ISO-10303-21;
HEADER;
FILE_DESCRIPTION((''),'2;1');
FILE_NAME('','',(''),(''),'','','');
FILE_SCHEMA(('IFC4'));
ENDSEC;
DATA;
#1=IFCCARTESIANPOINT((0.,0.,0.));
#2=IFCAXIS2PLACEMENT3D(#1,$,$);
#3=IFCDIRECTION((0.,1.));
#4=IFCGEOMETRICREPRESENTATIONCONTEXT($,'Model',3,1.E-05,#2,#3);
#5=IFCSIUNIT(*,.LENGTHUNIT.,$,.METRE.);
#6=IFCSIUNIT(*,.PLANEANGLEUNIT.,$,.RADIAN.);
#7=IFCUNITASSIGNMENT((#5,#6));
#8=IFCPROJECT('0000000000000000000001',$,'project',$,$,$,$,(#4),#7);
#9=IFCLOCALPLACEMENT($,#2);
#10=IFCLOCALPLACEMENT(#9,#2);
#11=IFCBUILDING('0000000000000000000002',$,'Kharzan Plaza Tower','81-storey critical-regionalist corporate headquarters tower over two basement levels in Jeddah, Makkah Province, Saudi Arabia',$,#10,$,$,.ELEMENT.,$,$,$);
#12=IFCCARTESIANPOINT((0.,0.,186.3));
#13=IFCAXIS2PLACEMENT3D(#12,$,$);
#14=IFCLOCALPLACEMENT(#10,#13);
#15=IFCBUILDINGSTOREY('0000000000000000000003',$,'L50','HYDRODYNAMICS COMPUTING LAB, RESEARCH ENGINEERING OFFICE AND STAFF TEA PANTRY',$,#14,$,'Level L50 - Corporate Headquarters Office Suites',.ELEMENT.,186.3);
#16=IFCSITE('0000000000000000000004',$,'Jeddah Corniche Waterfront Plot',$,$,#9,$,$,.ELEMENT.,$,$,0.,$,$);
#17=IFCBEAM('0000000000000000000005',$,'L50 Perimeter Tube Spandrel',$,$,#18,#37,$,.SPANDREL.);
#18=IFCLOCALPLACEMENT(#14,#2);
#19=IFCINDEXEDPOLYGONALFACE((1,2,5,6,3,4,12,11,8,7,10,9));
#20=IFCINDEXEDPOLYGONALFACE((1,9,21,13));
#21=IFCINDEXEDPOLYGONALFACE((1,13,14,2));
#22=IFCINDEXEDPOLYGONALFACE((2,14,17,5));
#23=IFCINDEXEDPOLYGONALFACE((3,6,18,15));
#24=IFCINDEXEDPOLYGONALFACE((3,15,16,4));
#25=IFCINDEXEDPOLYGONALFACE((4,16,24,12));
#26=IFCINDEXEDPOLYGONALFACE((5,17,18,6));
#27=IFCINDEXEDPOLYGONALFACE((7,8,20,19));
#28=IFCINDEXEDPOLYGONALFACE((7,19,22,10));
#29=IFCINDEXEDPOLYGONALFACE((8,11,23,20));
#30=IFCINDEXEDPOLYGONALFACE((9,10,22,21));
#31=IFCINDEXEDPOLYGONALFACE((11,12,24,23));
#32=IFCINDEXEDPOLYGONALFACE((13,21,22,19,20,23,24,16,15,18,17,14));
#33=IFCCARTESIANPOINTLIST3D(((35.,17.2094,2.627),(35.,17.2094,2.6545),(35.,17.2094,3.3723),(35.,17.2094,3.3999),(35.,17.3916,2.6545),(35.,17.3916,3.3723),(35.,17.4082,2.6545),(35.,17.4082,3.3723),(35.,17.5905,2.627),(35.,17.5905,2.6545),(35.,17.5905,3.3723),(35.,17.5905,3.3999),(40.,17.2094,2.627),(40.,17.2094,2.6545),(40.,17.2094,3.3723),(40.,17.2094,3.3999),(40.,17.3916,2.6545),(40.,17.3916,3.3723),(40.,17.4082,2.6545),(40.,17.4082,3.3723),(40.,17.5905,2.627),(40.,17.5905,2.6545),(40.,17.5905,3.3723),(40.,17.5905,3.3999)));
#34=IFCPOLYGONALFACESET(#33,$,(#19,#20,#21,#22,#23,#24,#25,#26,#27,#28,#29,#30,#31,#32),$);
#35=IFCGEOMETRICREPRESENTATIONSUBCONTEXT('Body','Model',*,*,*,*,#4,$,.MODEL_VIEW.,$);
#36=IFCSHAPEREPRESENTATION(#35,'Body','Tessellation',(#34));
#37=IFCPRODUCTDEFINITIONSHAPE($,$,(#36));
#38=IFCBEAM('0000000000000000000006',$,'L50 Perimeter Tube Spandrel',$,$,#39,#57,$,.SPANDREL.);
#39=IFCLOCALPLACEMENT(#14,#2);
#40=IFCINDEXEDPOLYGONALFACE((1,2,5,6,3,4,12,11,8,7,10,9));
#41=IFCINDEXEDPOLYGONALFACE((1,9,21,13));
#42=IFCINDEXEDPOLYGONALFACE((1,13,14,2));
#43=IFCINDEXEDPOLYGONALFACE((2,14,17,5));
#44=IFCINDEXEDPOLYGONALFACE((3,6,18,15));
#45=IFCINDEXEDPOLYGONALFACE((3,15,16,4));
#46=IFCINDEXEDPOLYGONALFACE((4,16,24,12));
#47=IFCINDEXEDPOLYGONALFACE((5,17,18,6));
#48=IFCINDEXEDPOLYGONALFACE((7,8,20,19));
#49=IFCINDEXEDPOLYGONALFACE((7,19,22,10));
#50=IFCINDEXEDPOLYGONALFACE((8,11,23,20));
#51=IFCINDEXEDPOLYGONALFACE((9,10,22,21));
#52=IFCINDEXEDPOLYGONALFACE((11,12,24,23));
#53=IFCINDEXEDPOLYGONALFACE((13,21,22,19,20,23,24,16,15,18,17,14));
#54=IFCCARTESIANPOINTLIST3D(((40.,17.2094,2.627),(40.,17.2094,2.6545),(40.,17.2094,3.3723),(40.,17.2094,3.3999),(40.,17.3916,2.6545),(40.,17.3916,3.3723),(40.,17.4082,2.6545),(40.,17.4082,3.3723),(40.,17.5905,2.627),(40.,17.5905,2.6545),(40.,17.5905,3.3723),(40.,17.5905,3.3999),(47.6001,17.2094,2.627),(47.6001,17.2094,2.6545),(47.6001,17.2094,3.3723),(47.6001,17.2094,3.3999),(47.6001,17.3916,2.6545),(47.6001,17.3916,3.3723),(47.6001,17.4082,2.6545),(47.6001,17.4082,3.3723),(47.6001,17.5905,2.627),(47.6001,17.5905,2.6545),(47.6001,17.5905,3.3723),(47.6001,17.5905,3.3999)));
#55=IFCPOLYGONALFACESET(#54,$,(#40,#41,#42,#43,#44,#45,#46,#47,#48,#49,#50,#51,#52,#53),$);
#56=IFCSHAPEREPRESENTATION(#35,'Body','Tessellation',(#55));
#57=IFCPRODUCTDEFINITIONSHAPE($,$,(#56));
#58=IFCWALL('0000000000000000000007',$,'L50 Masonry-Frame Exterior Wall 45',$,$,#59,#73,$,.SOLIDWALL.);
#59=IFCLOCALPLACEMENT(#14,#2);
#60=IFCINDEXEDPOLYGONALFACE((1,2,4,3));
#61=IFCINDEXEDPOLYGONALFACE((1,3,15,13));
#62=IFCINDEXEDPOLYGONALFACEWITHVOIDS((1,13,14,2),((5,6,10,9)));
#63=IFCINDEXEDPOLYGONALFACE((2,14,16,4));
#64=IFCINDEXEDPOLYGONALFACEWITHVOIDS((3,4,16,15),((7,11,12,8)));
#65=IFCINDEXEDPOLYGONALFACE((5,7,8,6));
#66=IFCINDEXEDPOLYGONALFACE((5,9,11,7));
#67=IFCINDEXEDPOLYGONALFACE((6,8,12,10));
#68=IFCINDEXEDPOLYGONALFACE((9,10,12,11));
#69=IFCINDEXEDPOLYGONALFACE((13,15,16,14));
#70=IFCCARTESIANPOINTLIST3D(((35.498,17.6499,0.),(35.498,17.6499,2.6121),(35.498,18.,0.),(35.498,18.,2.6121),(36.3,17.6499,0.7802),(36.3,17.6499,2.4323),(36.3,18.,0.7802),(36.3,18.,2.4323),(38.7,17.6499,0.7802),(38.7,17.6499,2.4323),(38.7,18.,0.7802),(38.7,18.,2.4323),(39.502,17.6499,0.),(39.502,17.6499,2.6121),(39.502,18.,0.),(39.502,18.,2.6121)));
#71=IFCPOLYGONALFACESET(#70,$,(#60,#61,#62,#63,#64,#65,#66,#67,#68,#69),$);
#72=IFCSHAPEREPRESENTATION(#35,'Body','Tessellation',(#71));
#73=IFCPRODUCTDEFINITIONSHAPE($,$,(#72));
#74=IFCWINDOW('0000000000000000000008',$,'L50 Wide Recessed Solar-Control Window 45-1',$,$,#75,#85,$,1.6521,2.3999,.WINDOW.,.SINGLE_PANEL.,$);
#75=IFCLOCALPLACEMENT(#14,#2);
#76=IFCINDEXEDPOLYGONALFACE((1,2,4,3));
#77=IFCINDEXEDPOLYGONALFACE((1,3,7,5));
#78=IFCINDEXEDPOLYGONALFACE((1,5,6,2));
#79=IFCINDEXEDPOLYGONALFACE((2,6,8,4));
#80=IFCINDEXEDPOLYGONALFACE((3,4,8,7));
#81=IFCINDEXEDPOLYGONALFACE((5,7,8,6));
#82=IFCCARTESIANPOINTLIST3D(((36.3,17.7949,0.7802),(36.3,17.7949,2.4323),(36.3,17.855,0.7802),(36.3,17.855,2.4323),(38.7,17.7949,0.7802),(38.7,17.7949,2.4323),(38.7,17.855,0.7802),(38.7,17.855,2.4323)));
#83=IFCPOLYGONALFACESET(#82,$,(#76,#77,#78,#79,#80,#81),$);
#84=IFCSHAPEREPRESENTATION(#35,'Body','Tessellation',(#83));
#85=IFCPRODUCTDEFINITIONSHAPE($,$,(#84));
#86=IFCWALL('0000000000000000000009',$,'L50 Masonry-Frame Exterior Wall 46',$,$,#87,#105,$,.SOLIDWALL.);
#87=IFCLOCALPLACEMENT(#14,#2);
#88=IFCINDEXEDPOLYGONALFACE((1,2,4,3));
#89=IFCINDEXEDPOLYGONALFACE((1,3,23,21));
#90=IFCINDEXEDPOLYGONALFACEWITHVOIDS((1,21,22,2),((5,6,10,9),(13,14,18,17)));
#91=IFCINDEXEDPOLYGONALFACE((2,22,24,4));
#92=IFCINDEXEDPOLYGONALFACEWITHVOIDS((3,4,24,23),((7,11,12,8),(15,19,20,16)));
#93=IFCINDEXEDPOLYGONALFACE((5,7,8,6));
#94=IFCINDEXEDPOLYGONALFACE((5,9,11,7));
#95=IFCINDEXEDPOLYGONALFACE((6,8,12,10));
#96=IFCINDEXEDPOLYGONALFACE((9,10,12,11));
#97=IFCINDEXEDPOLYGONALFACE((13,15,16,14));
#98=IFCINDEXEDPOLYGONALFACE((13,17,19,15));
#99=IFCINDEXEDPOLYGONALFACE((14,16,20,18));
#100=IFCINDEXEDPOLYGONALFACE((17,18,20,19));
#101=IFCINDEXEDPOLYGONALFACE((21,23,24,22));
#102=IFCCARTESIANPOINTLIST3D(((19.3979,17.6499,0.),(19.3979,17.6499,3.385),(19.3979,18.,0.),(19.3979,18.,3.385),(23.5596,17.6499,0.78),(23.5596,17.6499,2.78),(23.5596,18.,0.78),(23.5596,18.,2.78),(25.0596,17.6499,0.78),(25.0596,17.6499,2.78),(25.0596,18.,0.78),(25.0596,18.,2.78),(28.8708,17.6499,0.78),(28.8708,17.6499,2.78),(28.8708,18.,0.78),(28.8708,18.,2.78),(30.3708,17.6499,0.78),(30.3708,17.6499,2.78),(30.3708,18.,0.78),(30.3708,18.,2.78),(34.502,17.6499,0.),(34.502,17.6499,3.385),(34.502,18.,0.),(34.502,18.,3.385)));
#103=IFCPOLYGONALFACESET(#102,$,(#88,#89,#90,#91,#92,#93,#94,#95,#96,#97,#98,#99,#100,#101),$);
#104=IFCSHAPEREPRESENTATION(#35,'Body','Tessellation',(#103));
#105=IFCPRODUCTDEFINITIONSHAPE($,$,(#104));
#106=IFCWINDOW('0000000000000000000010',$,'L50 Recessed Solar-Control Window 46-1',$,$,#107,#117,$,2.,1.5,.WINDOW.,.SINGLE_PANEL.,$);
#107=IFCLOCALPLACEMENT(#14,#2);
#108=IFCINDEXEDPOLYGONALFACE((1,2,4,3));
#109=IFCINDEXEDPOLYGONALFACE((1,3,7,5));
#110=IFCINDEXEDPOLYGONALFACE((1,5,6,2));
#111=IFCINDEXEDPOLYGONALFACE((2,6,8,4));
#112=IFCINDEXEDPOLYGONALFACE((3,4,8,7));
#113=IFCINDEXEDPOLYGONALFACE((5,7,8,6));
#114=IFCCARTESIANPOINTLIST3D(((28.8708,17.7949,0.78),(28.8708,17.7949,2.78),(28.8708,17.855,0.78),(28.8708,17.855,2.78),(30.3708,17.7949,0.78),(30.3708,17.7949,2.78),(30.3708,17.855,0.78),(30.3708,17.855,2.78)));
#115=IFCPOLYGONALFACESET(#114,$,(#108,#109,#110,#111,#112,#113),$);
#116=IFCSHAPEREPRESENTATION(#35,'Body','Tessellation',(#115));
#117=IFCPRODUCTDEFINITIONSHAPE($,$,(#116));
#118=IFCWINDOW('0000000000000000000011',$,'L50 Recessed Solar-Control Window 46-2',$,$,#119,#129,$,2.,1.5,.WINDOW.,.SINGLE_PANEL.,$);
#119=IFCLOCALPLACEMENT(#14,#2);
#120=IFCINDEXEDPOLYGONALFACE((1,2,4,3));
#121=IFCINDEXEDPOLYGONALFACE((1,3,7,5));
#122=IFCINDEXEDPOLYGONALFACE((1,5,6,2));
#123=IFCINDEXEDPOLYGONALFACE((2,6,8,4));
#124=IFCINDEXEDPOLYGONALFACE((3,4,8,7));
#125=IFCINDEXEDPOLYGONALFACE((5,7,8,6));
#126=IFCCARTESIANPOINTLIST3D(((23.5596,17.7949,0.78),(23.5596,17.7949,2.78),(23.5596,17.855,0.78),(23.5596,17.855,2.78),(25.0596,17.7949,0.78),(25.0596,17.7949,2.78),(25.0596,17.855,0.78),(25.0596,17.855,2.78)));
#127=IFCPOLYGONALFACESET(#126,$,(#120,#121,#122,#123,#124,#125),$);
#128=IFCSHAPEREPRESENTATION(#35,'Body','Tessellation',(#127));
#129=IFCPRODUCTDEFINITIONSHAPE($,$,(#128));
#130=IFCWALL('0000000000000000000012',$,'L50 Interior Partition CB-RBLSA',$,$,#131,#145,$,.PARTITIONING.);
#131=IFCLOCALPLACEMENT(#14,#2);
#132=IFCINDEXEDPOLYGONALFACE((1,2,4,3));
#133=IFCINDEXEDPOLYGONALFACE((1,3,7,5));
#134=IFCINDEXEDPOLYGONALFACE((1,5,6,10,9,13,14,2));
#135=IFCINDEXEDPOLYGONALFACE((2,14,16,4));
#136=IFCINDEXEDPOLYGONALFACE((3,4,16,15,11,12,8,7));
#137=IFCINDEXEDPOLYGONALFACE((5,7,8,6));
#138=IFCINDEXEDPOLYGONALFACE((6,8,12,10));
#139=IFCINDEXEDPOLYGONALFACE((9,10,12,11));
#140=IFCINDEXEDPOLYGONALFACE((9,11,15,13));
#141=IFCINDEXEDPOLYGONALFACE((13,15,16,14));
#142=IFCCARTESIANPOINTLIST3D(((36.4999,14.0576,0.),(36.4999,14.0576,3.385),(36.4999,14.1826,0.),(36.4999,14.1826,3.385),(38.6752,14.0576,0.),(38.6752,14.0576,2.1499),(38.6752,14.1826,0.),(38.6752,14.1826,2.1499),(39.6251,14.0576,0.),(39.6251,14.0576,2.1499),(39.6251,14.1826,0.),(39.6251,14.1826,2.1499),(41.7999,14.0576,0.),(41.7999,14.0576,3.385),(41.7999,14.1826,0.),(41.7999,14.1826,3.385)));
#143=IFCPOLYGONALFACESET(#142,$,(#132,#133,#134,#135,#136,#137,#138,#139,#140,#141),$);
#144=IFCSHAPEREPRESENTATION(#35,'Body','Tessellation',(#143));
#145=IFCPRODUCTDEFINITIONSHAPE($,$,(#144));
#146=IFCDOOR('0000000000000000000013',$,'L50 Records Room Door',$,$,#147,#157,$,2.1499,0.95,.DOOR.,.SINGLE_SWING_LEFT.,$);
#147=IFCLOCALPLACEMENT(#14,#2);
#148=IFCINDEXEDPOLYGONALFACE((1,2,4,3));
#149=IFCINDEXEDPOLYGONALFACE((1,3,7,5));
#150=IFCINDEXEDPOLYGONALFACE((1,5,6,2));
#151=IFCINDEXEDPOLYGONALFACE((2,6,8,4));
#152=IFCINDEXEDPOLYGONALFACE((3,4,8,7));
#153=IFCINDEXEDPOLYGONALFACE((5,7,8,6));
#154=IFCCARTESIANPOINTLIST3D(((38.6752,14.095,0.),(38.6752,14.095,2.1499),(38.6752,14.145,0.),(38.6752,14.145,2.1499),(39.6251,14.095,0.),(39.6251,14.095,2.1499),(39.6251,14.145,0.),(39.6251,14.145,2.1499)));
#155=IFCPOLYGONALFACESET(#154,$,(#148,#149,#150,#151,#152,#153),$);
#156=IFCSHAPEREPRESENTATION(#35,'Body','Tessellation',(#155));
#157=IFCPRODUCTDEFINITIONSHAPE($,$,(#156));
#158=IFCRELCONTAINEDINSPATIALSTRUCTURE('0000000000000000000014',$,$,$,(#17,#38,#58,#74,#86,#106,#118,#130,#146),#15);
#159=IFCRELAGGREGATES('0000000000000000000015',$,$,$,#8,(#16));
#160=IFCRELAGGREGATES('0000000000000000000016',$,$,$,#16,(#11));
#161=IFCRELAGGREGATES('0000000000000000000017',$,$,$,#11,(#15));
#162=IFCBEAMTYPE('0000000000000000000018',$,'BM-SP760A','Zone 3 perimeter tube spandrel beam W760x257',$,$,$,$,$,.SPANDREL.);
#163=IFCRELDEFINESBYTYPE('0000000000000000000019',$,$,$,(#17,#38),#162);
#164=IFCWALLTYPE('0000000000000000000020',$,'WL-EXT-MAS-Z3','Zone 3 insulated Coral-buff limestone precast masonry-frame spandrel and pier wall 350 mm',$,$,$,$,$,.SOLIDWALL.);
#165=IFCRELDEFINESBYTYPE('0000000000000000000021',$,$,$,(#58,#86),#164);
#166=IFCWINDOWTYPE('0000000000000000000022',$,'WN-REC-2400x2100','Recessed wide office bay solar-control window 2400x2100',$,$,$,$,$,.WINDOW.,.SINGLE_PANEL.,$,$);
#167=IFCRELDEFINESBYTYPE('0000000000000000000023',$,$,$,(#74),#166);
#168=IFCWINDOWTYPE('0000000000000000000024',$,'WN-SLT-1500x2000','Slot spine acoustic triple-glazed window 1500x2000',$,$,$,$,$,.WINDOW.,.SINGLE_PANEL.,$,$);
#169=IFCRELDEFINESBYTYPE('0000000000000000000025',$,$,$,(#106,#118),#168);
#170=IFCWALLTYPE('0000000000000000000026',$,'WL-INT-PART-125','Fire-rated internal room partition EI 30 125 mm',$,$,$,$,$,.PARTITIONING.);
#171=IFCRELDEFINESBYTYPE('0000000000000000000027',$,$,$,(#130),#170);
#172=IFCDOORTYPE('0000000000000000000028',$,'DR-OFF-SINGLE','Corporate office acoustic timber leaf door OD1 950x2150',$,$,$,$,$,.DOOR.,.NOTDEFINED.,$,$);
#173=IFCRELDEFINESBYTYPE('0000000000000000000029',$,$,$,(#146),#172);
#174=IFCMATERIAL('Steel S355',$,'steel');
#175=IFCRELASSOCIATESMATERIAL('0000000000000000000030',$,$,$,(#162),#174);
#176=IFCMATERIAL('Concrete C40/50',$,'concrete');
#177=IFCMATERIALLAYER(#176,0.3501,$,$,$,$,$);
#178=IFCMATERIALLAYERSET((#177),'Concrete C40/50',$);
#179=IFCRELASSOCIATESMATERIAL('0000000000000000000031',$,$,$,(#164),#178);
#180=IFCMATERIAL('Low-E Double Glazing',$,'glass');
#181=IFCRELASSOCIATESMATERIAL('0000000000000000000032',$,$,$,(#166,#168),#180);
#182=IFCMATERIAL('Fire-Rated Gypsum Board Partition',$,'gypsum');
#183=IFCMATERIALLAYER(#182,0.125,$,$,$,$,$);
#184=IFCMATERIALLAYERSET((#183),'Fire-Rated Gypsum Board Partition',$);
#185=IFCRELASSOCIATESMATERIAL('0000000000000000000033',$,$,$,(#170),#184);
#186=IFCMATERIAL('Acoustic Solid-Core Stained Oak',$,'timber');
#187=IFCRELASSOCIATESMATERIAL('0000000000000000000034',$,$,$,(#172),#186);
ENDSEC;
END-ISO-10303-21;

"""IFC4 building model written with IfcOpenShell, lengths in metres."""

from ifc_helpers import new_model, si_unit, direction, frame, frame_2d, origin, origin_2d, place, context, subcontext, project, spatial, rectangle, i_section, extrude, source, transform, mapped, material, layer, layer_set, material_profile, profile_set, type_object, element, fill, save


model = new_model("IFC4")

# Units and contexts
model_context = context("Model", 3, precision=1e-05, world=origin(), true_north=direction((0.0, 1.0)))
body_context = subcontext(model_context, "Body", "Model", "MODEL_VIEW")
ifc_project = project(units=[si_unit("LENGTHUNIT", "METRE"), si_unit("PLANEANGLEUNIT", "RADIAN")], contexts=[model_context])

# Site, building, storey
site_placement = place(None, origin())
site = spatial("IfcSite", under=ifc_project, at=site_placement, Name="Jeddah Corniche Waterfront Plot", CompositionType="ELEMENT", RefElevation=0.0)
building_placement = place(site_placement, origin())
building = spatial("IfcBuilding", under=site, at=building_placement, Name="Kharzan Plaza Tower", Description="81-storey critical-regionalist corporate headquarters tower over two basement levels in Jeddah, Makkah Province, Saudi Arabia", CompositionType="ELEMENT")
storey_placement = place(building_placement, frame((0.0, 0.0, 186.3)))
storey = spatial("IfcBuildingStorey", under=building, at=storey_placement, Name="L50", Description="HYDRODYNAMICS COMPUTING LAB, RESEARCH ENGINEERING OFFICE AND STAFF TEA PANTRY", LongName="Level L50 - Corporate Headquarters Office Suites", CompositionType="ELEMENT", Elevation=186.3)

# Beams
ifc_material_1 = material(Name="Steel S355", Category="steel")
ifc_material_profile_1 = material_profile(ifc_material_1, i_section(OverallWidth=0.3811, OverallDepth=0.7729, WebThickness=0.0166, FlangeThickness=0.0276, at=origin_2d()), Name="W760x257")
ifc_profile_set_1 = profile_set([ifc_material_profile_1], Name="Steel S355")
beam_type_1 = type_object("IfcBeamType", Name="BM-SP760A", Description="Zone 3 perimeter tube spandrel beam W760x257", PredefinedType="SPANDREL", material=ifc_profile_set_1)
shared_shape_1 = source(origin(), body_context, "Body", "SweptSolid", [
    extrude(i_section(OverallWidth=0.3811, OverallDepth=0.7729, WebThickness=0.0166, FlangeThickness=0.0276, at=origin_2d()), origin(), (0.0, 0.0, 1.0), 5.0),
])
beam_1_placement = place(storey_placement, frame((35.0, 17.3999, 3.0134), z_axis=(1.0, 0.0, 0.0), x_axis=(0.0, 1.0, 0.0)))
element("IfcBeam", 1, at=beam_1_placement, inside=storey, type_object=beam_type_1, Name="L50 Perimeter Tube Spandrel", PredefinedType="SPANDREL", context=body_context, shape_type="MappedRepresentation", body=[
    mapped(shared_shape_1, transform((0.0, 0.0, 0.0), x_axis=(1.0, 0.0, 0.0), y_axis=(0.0, 1.0, 0.0), z_axis=(0.0, 0.0, 1.0))),
])
shared_shape_2 = source(origin(), body_context, "Body", "SweptSolid", [
    extrude(i_section(OverallWidth=0.3811, OverallDepth=0.7729, WebThickness=0.0166, FlangeThickness=0.0276, at=origin_2d()), origin(), (0.0, 0.0, 1.0), 7.6001),
])
beam_2_placement = place(storey_placement, frame((40.0, 17.3999, 3.0134), z_axis=(1.0, 0.0, 0.0), x_axis=(0.0, 1.0, 0.0)))
element("IfcBeam", 2, at=beam_2_placement, inside=storey, type_object=beam_type_1, Name="L50 Perimeter Tube Spandrel", PredefinedType="SPANDREL", context=body_context, shape_type="MappedRepresentation", body=[
    mapped(shared_shape_2, transform((0.0, 0.0, 0.0), x_axis=(1.0, 0.0, 0.0), y_axis=(0.0, 1.0, 0.0), z_axis=(0.0, 0.0, 1.0))),
])

# Wall, opening, window
ifc_material_2 = material(Name="Concrete C40/50", Category="concrete")
ifc_layer_1 = layer(ifc_material_2, 0.3501)
ifc_layer_set_1 = layer_set([ifc_layer_1], Name="Concrete C40/50")
wall_type_1 = type_object("IfcWallType", Name="WL-EXT-MAS-Z3", Description="Zone 3 insulated Coral-buff limestone precast masonry-frame spandrel and pier wall 350 mm", PredefinedType="SOLIDWALL", material=ifc_layer_set_1)
wall_1_placement = place(storey_placement, frame((39.502, 17.825, 0.0), z_axis=(0.0, 0.0, 1.0), x_axis=(-1.0, 0.0, 0.0)))
wall_1 = element("IfcWall", 3, at=wall_1_placement, inside=storey, type_object=wall_type_1, Name="L50 Masonry-Frame Exterior Wall 45", PredefinedType="SOLIDWALL", context=body_context, shape_type="SweptSolid", body=[
    extrude(rectangle(XDim=4.0039, YDim=0.3501, at=frame_2d((2.002, 0.0))), origin(), (0.0, 0.0, 1.0), 2.6121),
])
opening_1_placement = place(wall_1_placement, frame((0.802, 0.0, 0.78)))
opening_1 = element("IfcOpeningElement", 4, at=opening_1_placement, cuts=wall_1, PredefinedType="OPENING", context=body_context, shape_type="SweptSolid", body=[
    extrude(rectangle(XDim=2.3999, YDim=1.6521, at=frame_2d((1.2, 0.8262))), frame((0.0, 0.1851, 0.0), z_axis=(0.0, -1.0, 0.0), x_axis=(1.0, 0.0, 0.0)), (0.0, 0.0, 1.0), 0.3701),
])
ifc_material_3 = material(Name="Low-E Double Glazing", Category="glass")
window_type_1 = type_object("IfcWindowType", Name="WN-REC-2400x2100", Description="Recessed wide office bay solar-control window 2400x2100", PartitioningType="SINGLE_PANEL", PredefinedType="WINDOW", material=ifc_material_3)
shared_shape_3 = source(origin(), body_context, "Body", "SweptSolid", [
    extrude(rectangle(XDim=2.3999, YDim=1.6521, at=frame_2d((1.2, 0.8262))), frame((0.0, 0.03, 0.0), z_axis=(0.0, -1.0, 0.0), x_axis=(1.0, 0.0, 0.0)), (0.0, 0.0, 1.0), 0.0601),
])
window_1_placement = place(opening_1_placement, origin())
window_1 = element("IfcWindow", 5, at=window_1_placement, inside=storey, type_object=window_type_1, Name="L50 Wide Recessed Solar-Control Window 45-1", OverallHeight=1.6521, OverallWidth=2.3999, PartitioningType="SINGLE_PANEL", PredefinedType="WINDOW", context=body_context, shape_type="MappedRepresentation", body=[
    mapped(shared_shape_3, transform((0.0, 0.0, 0.0), x_axis=(1.0, 0.0, 0.0), y_axis=(0.0, 1.0, 0.0), z_axis=(0.0, 0.0, 1.0))),
])
fill(opening_1, window_1)

# Wall, openings, windows
wall_2_placement = place(storey_placement, frame((34.502, 17.825, 0.0), z_axis=(0.0, 0.0, 1.0), x_axis=(-1.0, 0.0, 0.0)))
wall_2 = element("IfcWall", 6, at=wall_2_placement, inside=storey, type_object=wall_type_1, Name="L50 Masonry-Frame Exterior Wall 46", PredefinedType="SOLIDWALL", context=body_context, shape_type="SweptSolid", body=[
    extrude(rectangle(XDim=15.104, YDim=0.3501, at=frame_2d((7.552, 0.0))), origin(), (0.0, 0.0, 1.0), 3.385),
])
opening_2_placement = place(wall_2_placement, frame((4.1311, 0.0, 0.78)))
opening_2 = element("IfcOpeningElement", 7, at=opening_2_placement, cuts=wall_2, PredefinedType="OPENING", context=body_context, shape_type="SweptSolid", body=[
    extrude(rectangle(XDim=1.5, YDim=2.0, at=frame_2d((0.75, 1.0))), frame((0.0, 0.1851, 0.0), z_axis=(0.0, -1.0, 0.0), x_axis=(1.0, 0.0, 0.0)), (0.0, 0.0, 1.0), 0.3701),
])
opening_3_placement = place(wall_2_placement, frame((9.4424, 0.0, 0.78)))
opening_3 = element("IfcOpeningElement", 8, at=opening_3_placement, cuts=wall_2, PredefinedType="OPENING", context=body_context, shape_type="SweptSolid", body=[
    extrude(rectangle(XDim=1.5, YDim=2.0, at=frame_2d((0.75, 1.0))), frame((0.0, 0.1851, 0.0), z_axis=(0.0, -1.0, 0.0), x_axis=(1.0, 0.0, 0.0)), (0.0, 0.0, 1.0), 0.3701),
])
window_type_2 = type_object("IfcWindowType", Name="WN-SLT-1500x2000", Description="Slot spine acoustic triple-glazed window 1500x2000", PartitioningType="SINGLE_PANEL", PredefinedType="WINDOW", material=ifc_material_3)
shared_shape_4 = source(origin(), body_context, "Body", "SweptSolid", [
    extrude(rectangle(XDim=1.5, YDim=2.0, at=frame_2d((0.75, 1.0))), frame((0.0, 0.03, 0.0), z_axis=(0.0, -1.0, 0.0), x_axis=(1.0, 0.0, 0.0)), (0.0, 0.0, 1.0), 0.0601),
])
window_2_placement = place(opening_2_placement, origin())
window_2 = element("IfcWindow", 9, at=window_2_placement, inside=storey, type_object=window_type_2, Name="L50 Recessed Solar-Control Window 46-1", OverallHeight=2.0, OverallWidth=1.5, PartitioningType="SINGLE_PANEL", PredefinedType="WINDOW", context=body_context, shape_type="MappedRepresentation", body=[
    mapped(shared_shape_4, transform((0.0, 0.0, 0.0), x_axis=(1.0, 0.0, 0.0), y_axis=(0.0, 1.0, 0.0), z_axis=(0.0, 0.0, 1.0))),
])
fill(opening_2, window_2)
window_3_placement = place(opening_3_placement, origin())
window_3 = element("IfcWindow", 10, at=window_3_placement, inside=storey, type_object=window_type_2, Name="L50 Recessed Solar-Control Window 46-2", OverallHeight=2.0, OverallWidth=1.5, PartitioningType="SINGLE_PANEL", PredefinedType="WINDOW", context=body_context, shape_type="MappedRepresentation", body=[
    mapped(shared_shape_4, transform((0.0, 0.0, 0.0), x_axis=(1.0, 0.0, 0.0), y_axis=(0.0, 1.0, 0.0), z_axis=(0.0, 0.0, 1.0))),
])
fill(opening_3, window_3)

# Wall, opening, door
ifc_material_4 = material(Name="Fire-Rated Gypsum Board Partition", Category="gypsum")
ifc_layer_2 = layer(ifc_material_4, 0.125)
ifc_layer_set_2 = layer_set([ifc_layer_2], Name="Fire-Rated Gypsum Board Partition")
wall_type_2 = type_object("IfcWallType", Name="WL-INT-PART-125", Description="Fire-rated internal room partition EI 30 125 mm", PredefinedType="PARTITIONING", material=ifc_layer_set_2)
wall_3_placement = place(storey_placement, frame((36.5, 14.1201, 0.0), z_axis=(0.0, 0.0, 1.0), x_axis=(1.0, 0.0, 0.0)))
wall_3 = element("IfcWall", 11, at=wall_3_placement, inside=storey, type_object=wall_type_2, Name="L50 Interior Partition CB-RBLSA", PredefinedType="PARTITIONING", context=body_context, shape_type="SweptSolid", body=[
    extrude(rectangle(XDim=5.3, YDim=0.125, at=frame_2d((2.6499, 0.0))), origin(), (0.0, 0.0, 1.0), 3.385),
])
opening_4_placement = place(wall_3_placement, frame((2.175, 0.0, 0.0)))
opening_4 = element("IfcOpeningElement", 12, at=opening_4_placement, cuts=wall_3, PredefinedType="OPENING", context=body_context, shape_type="SweptSolid", body=[
    extrude(rectangle(XDim=0.95, YDim=2.1499, at=frame_2d((0.4751, 1.075))), frame((0.0, 0.0725, 0.0), z_axis=(0.0, -1.0, 0.0), x_axis=(1.0, 0.0, 0.0)), (0.0, 0.0, 1.0), 0.145),
])
ifc_material_5 = material(Name="Acoustic Solid-Core Stained Oak", Category="timber")
door_type_1 = type_object("IfcDoorType", Name="DR-OFF-SINGLE", Description="Corporate office acoustic timber leaf door OD1 950x2150", OperationType="NOTDEFINED", PredefinedType="DOOR", material=ifc_material_5)
shared_shape_5 = source(origin(), body_context, "Body", "SweptSolid", [
    extrude(rectangle(XDim=0.95, YDim=2.1499, at=frame_2d((0.4751, 1.075))), frame((0.0, 0.0249, 0.0), z_axis=(0.0, -1.0, 0.0), x_axis=(1.0, 0.0, 0.0)), (0.0, 0.0, 1.0), 0.05),
])
door_1_placement = place(opening_4_placement, origin())
door_1 = element("IfcDoor", 13, at=door_1_placement, inside=storey, type_object=door_type_1, Name="L50 Records Room Door", OperationType="SINGLE_SWING_LEFT", OverallHeight=2.1499, OverallWidth=0.95, PredefinedType="DOOR", context=body_context, shape_type="MappedRepresentation", body=[
    mapped(shared_shape_5, transform((0.0, 0.0, 0.0), x_axis=(1.0, 0.0, 0.0), y_axis=(0.0, 1.0, 0.0), z_axis=(0.0, 0.0, 1.0))),
])
fill(opening_4, door_1)

save(model, "model.ifc")
